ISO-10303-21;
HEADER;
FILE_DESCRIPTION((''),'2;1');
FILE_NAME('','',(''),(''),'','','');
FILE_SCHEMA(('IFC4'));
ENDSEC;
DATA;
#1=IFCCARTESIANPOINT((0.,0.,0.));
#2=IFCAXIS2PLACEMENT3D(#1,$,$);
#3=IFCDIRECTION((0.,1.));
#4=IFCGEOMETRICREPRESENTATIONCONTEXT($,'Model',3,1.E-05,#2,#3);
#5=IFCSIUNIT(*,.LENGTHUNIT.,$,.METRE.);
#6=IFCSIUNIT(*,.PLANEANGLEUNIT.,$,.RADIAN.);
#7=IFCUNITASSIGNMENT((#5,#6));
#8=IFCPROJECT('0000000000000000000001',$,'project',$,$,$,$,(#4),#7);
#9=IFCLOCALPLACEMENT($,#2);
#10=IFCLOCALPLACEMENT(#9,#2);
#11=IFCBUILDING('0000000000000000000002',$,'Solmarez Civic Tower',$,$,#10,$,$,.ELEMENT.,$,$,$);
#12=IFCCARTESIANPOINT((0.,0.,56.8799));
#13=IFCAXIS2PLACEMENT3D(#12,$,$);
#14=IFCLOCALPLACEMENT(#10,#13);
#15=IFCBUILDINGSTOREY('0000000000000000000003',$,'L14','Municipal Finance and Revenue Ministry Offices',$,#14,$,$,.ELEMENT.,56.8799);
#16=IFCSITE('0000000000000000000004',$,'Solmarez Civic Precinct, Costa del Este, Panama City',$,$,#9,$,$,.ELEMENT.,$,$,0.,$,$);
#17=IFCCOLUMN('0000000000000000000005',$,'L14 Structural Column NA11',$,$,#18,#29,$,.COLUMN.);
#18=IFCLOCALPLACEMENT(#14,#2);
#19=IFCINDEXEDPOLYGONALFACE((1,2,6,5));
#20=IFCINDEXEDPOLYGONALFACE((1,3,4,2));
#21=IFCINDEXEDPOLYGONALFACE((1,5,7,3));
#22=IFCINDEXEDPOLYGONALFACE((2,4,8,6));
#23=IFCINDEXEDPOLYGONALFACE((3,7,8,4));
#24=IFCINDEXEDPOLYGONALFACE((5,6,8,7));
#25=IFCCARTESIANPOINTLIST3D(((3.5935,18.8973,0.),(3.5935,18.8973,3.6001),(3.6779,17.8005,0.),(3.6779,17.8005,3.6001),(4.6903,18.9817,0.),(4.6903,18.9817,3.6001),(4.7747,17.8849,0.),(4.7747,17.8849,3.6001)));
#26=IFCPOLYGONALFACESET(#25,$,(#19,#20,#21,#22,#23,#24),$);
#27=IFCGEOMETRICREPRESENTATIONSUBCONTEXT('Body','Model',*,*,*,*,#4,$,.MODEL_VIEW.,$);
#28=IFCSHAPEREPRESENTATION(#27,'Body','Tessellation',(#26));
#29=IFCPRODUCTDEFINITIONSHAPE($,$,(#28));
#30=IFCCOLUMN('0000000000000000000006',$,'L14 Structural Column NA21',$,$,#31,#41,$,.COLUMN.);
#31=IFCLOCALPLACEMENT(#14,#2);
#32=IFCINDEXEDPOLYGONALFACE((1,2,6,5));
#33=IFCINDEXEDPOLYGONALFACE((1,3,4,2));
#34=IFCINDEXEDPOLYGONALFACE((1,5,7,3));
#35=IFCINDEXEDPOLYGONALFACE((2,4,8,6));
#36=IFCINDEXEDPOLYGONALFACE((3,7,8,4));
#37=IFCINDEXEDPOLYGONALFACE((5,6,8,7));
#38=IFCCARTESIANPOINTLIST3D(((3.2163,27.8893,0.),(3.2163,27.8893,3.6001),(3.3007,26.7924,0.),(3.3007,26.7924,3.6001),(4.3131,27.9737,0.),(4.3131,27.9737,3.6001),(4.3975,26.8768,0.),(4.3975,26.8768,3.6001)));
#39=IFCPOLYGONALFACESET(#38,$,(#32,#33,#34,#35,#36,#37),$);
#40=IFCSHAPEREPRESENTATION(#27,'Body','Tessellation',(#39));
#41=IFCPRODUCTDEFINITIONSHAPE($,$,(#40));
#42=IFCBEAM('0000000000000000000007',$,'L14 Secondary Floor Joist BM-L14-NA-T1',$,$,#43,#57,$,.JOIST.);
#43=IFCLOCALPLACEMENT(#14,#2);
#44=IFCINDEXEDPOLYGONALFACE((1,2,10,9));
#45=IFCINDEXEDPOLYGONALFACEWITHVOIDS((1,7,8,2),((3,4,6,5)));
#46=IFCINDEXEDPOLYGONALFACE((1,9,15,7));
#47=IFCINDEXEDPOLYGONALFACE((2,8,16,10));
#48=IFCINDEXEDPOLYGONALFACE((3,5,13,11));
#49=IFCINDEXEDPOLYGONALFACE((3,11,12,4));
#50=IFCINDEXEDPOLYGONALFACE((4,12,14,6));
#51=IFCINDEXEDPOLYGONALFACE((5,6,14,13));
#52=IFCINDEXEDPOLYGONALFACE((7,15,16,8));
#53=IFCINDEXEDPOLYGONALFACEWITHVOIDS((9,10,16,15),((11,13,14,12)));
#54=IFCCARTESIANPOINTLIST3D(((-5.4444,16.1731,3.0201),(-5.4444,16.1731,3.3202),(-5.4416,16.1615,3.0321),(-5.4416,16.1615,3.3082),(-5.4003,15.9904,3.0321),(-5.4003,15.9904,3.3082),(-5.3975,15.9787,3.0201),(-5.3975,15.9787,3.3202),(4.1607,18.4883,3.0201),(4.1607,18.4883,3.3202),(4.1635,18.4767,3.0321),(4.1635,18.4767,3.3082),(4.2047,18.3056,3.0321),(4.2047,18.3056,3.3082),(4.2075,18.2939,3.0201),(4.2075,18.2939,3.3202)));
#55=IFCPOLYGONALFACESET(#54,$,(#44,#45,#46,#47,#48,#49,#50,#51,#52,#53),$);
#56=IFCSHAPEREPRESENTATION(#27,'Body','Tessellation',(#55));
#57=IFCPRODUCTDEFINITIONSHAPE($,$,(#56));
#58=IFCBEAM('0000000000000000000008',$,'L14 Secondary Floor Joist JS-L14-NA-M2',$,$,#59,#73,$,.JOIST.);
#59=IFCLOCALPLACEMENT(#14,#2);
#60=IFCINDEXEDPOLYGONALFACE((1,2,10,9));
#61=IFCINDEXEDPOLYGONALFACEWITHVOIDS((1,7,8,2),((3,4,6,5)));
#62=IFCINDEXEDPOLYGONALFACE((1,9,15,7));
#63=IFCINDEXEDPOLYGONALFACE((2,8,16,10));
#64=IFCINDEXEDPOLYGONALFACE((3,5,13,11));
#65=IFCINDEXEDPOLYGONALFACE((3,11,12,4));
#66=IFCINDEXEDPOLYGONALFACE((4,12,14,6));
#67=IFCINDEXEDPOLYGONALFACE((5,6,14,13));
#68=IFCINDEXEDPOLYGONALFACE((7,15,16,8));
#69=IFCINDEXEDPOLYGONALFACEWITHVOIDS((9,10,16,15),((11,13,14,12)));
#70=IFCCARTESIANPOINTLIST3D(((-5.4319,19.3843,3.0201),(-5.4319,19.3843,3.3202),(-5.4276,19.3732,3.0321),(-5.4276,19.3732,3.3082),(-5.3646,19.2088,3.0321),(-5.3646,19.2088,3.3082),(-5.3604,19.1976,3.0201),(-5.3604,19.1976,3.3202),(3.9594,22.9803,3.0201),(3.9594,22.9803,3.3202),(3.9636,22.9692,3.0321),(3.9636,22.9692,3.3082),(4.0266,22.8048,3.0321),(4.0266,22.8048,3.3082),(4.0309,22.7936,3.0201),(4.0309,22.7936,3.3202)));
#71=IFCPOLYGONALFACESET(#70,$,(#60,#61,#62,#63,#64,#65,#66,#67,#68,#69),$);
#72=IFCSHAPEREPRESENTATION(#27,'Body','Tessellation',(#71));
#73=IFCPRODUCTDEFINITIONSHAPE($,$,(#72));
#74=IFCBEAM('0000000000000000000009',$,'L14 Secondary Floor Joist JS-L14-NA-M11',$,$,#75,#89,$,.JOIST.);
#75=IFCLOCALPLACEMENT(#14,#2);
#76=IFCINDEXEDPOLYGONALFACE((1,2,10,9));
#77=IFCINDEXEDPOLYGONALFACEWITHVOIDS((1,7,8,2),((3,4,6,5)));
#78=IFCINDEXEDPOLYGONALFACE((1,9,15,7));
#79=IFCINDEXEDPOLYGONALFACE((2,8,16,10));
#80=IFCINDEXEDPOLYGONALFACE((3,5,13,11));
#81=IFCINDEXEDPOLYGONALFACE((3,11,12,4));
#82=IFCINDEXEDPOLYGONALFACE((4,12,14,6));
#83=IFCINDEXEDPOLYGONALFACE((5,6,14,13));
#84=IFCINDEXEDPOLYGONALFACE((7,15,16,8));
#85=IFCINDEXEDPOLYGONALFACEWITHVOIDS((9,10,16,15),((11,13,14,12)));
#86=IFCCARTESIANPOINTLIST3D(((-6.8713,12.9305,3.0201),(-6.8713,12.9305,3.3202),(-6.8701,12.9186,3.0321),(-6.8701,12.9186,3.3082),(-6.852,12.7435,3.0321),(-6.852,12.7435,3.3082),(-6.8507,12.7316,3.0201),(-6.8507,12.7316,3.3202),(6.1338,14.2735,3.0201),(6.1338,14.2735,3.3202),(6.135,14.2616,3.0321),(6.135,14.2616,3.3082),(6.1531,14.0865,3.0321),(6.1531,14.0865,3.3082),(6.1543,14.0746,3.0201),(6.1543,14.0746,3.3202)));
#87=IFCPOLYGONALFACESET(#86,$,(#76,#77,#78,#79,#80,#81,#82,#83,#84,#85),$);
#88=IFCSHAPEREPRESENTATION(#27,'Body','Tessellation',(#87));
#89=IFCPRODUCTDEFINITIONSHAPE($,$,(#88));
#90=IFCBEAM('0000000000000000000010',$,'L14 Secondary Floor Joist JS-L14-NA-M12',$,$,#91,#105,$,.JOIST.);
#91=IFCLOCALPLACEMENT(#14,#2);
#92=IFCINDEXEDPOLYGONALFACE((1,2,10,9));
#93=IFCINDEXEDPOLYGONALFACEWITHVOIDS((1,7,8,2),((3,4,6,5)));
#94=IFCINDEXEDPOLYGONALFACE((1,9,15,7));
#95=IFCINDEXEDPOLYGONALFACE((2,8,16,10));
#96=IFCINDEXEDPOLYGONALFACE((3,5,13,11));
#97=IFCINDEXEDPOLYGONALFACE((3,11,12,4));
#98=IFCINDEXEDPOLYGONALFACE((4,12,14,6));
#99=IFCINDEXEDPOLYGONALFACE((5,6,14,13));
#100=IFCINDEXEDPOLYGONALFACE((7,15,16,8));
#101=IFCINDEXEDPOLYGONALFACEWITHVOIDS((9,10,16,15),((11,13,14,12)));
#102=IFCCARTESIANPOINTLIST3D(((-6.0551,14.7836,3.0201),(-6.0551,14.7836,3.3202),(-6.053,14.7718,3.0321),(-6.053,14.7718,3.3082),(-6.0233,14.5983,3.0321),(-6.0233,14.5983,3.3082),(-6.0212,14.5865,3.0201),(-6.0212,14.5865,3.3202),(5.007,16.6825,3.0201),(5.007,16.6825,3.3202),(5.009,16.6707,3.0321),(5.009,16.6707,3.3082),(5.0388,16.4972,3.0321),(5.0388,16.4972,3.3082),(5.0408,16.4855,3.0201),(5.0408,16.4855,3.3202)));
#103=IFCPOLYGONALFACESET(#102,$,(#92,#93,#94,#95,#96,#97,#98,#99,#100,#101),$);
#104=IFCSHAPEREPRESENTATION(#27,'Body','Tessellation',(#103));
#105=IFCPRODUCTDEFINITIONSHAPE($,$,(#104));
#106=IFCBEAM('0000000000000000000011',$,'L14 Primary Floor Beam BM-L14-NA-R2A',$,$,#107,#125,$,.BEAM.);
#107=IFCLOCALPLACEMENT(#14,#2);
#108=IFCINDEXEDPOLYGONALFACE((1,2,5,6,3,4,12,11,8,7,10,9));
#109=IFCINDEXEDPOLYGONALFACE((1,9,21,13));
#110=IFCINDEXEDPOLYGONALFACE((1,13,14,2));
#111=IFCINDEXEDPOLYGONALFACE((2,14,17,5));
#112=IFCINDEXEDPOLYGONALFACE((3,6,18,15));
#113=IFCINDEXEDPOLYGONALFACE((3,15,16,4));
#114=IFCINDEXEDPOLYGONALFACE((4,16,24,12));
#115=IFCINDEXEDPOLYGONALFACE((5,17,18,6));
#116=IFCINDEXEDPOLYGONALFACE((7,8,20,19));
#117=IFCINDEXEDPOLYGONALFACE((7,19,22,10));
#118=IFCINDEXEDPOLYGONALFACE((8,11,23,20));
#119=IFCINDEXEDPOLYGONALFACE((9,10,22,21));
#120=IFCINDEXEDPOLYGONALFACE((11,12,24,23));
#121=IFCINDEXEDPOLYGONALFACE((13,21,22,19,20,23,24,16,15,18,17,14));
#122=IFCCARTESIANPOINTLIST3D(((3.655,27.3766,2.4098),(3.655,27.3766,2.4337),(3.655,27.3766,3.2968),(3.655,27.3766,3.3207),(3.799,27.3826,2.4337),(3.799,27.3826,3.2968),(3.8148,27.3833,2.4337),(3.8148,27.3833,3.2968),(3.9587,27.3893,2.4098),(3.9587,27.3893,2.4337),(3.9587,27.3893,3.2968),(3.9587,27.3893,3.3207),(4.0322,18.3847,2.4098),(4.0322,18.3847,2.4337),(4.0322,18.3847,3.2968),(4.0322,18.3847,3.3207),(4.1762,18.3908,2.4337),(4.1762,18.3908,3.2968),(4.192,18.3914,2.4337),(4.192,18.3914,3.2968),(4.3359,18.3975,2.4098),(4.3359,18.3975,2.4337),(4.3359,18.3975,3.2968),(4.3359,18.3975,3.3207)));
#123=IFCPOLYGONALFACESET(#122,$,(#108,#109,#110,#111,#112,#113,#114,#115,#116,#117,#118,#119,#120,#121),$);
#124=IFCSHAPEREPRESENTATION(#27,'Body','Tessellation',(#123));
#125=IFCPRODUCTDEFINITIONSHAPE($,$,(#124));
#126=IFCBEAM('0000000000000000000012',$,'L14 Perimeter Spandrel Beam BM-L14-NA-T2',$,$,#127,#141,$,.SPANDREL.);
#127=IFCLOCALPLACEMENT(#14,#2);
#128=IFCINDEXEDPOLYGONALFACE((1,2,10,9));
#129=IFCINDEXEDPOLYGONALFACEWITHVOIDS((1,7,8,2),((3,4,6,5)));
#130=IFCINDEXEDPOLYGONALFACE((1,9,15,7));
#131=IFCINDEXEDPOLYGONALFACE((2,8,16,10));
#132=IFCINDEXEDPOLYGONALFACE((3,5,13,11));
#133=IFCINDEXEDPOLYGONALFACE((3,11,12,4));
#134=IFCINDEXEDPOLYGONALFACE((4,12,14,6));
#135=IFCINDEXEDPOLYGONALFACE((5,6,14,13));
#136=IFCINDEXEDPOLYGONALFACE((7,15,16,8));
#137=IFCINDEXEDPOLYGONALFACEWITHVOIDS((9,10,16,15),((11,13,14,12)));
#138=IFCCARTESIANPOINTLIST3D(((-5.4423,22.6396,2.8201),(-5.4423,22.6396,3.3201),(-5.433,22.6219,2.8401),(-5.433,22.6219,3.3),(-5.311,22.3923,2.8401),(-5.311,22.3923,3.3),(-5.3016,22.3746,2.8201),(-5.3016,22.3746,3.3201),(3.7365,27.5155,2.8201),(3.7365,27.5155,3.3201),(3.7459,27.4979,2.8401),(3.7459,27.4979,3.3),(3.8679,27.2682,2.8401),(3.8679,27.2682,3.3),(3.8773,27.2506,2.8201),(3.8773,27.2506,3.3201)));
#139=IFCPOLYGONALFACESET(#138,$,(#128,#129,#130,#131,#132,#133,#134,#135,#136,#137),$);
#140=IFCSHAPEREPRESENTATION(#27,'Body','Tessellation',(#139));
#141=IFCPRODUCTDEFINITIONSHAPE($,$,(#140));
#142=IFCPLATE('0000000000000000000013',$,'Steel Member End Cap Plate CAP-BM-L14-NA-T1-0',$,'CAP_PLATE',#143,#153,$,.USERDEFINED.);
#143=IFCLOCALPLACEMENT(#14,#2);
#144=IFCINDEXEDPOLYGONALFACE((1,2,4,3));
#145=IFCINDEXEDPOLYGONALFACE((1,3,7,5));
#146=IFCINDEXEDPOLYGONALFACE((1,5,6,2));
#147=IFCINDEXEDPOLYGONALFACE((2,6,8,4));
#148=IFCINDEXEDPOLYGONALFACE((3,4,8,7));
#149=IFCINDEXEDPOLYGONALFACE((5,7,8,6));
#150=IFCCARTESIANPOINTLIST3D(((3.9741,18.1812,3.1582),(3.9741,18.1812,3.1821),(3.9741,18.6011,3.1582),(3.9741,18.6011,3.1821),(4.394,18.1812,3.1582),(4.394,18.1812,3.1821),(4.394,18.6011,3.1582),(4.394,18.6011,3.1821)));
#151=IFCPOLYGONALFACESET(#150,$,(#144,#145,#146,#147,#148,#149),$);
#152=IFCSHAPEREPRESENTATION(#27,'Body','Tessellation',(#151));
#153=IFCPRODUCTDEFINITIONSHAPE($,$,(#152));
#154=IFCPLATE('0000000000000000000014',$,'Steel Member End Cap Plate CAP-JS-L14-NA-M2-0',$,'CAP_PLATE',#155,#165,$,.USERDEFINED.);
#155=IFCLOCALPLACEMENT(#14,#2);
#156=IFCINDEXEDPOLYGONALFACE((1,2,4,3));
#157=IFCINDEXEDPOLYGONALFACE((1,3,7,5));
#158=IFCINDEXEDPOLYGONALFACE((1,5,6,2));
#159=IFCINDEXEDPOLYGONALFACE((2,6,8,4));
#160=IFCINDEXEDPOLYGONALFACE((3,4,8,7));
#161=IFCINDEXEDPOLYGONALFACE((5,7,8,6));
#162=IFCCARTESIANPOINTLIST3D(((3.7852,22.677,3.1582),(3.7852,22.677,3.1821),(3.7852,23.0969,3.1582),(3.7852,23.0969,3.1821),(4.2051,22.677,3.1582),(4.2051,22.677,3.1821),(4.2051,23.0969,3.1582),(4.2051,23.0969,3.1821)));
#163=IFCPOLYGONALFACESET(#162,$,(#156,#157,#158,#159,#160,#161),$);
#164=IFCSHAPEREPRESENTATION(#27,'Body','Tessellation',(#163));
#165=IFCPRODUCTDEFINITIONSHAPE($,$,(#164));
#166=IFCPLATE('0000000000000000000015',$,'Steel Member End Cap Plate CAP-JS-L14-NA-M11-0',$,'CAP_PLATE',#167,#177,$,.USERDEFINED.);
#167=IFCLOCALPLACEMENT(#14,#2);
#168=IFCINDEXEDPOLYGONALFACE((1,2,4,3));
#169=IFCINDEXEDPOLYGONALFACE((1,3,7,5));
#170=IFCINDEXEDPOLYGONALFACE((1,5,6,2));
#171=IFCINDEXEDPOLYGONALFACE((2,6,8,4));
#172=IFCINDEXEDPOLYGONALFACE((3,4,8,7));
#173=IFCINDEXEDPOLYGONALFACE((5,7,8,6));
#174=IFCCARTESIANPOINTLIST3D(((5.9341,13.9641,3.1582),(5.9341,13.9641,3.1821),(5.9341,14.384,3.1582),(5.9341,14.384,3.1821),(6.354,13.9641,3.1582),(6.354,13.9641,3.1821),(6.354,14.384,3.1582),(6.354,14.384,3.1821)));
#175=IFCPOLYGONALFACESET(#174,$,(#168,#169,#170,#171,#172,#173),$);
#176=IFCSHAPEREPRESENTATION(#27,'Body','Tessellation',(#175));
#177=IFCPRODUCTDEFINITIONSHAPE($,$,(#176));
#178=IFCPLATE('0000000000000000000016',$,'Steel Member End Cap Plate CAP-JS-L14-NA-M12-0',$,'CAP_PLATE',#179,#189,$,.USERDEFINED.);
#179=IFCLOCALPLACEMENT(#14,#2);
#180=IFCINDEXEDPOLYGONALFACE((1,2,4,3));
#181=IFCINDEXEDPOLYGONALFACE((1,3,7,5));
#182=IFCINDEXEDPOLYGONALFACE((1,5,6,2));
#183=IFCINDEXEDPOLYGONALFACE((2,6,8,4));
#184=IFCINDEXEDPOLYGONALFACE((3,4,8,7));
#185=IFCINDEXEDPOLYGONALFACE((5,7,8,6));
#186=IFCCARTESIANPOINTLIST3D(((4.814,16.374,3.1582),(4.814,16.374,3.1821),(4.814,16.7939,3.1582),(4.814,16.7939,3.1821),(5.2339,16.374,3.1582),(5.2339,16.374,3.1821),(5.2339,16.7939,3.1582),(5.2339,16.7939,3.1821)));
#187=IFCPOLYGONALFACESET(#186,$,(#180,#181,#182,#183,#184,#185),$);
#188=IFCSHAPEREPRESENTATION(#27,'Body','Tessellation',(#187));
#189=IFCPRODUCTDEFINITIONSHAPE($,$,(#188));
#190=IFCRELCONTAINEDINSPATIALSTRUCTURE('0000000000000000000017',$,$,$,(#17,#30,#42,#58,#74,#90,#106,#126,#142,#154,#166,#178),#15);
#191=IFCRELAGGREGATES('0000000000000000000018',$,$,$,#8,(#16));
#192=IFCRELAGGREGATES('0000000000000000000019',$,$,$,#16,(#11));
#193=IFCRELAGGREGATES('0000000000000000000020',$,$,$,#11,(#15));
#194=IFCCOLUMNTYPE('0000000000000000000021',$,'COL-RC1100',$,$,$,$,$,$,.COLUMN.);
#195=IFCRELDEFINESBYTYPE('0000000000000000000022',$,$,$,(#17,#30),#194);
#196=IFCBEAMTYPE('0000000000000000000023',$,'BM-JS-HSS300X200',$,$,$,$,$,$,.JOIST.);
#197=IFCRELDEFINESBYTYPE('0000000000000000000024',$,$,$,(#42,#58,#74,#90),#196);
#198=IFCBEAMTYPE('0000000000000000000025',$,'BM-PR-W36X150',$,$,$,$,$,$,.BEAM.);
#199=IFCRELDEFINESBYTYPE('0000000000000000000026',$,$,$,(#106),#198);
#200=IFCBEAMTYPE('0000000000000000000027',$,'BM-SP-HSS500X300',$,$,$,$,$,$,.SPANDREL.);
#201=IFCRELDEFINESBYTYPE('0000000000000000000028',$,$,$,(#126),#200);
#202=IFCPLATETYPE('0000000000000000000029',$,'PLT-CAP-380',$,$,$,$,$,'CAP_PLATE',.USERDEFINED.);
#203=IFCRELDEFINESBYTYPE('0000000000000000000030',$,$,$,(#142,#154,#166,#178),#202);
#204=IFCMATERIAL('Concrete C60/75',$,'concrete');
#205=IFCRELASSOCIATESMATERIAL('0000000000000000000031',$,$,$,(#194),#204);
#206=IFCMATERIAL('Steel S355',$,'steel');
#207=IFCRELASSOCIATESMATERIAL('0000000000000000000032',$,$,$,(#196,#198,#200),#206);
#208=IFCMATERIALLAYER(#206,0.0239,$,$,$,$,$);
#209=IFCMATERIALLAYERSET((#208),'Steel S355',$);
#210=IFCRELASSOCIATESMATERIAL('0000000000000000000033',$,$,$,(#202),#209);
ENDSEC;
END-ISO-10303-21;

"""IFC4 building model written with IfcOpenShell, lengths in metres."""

from ifc_helpers import new_model, si_unit, direction, frame, origin, origin_2d, place, context, subcontext, project, spatial, rectangle, hollow_rectangle, i_section, extrude, material, layer, layer_set, material_profile, profile_set, type_object, element, save


model = new_model("IFC4")

# Units and contexts
model_context = context("Model", 3, precision=1e-05, world=origin(), true_north=direction((0.0, 1.0)))
body_context = subcontext(model_context, "Body", "Model", "MODEL_VIEW")
ifc_project = project(units=[si_unit("LENGTHUNIT", "METRE"), si_unit("PLANEANGLEUNIT", "RADIAN")], contexts=[model_context])

# Site, building, storey
site_placement = place(None, origin())
site = spatial("IfcSite", under=ifc_project, at=site_placement, Name="Solmarez Civic Precinct, Costa del Este, Panama City", CompositionType="ELEMENT", RefElevation=0.0)
building_placement = place(site_placement, origin())
building = spatial("IfcBuilding", under=site, at=building_placement, Name="Solmarez Civic Tower", CompositionType="ELEMENT")
storey_placement = place(building_placement, frame((0.0, 0.0, 56.8799)))
storey = spatial("IfcBuildingStorey", under=building, at=storey_placement, Name="L14", Description="Municipal Finance and Revenue Ministry Offices", CompositionType="ELEMENT", Elevation=56.8799)

# Columns
ifc_material_1 = material(Name="Concrete C60/75", Category="concrete")
ifc_material_profile_1 = material_profile(ifc_material_1, rectangle(XDim=1.1001, YDim=1.1001, at=origin_2d()), Name="RC1100X1100")
ifc_profile_set_1 = profile_set([ifc_material_profile_1], Name="Concrete C60/75")
column_type = type_object("IfcColumnType", Name="COL-RC1100", PredefinedType="COLUMN", material=ifc_profile_set_1)
for number, where, z_axis, x_axis, name in (
    (1, (4.1841, 18.3911, 0.0), (0.0, 0.0, 1.0), (0.997053, 0.076719, 0.0), "L14 Structural Column NA11"),
    (2, (3.8069, 27.3831, 0.0), (0.0, 0.0, 1.0), (0.997053, 0.076719, 0.0), "L14 Structural Column NA21"),
):
    element("IfcColumn", number, at=place(storey_placement, frame(where, z_axis=z_axis, x_axis=x_axis)), inside=storey, type_object=column_type, Name=name, PredefinedType="COLUMN", context=body_context, shape_type="SweptSolid", body=[
        extrude(rectangle(XDim=1.1001, YDim=1.1001, at=origin_2d()), origin(), (0.0, 0.0, 1.0), 3.6001),
    ])

# Beams
ifc_material_2 = material(Name="Steel S355", Category="steel")
ifc_material_profile_2 = material_profile(ifc_material_2, hollow_rectangle(XDim=0.2, YDim=0.3, WallThickness=0.012, at=origin_2d()), Name="HSS300X200X12")
ifc_profile_set_2 = profile_set([ifc_material_profile_2], Name="Steel S355")
beam_type_1 = type_object("IfcBeamType", Name="BM-JS-HSS300X200", PredefinedType="JOIST", material=ifc_profile_set_2)
beam_1_placement = place(storey_placement, frame((4.1841, 18.3911, 3.1702), z_axis=(-0.972157, -0.234329, 0.0), x_axis=(0.234329, -0.972157, 0.0)))
element("IfcBeam", 3, at=beam_1_placement, inside=storey, type_object=beam_type_1, Name="L14 Secondary Floor Joist BM-L14-NA-T1", PredefinedType="JOIST", context=body_context, shape_type="SweptSolid", body=[
    extrude(hollow_rectangle(XDim=0.2, YDim=0.3, WallThickness=0.012, at=origin_2d()), origin(), (0.0, 0.0, 1.0), 9.8801),
])
beam_2_placement = place(storey_placement, frame((3.9951, 22.887, 3.1702), z_axis=(-0.933878, -0.357591, 0.0), x_axis=(0.357591, -0.933878, 0.0)))
element("IfcBeam", 4, at=beam_2_placement, inside=storey, type_object=beam_type_1, Name="L14 Secondary Floor Joist JS-L14-NA-M2", PredefinedType="JOIST", context=body_context, shape_type="SweptSolid", body=[
    extrude(hollow_rectangle(XDim=0.2, YDim=0.3, WallThickness=0.012, at=origin_2d()), origin(), (0.0, 0.0, 1.0), 10.0562),
])
beam_3_placement = place(storey_placement, frame((6.144, 14.1741, 3.1702), z_axis=(-0.99471, -0.102722, 0.0), x_axis=(0.102722, -0.99471, 0.0)))
element("IfcBeam", 5, at=beam_3_placement, inside=storey, type_object=beam_type_1, Name="L14 Secondary Floor Joist JS-L14-NA-M11", PredefinedType="JOIST", context=body_context, shape_type="SweptSolid", body=[
    extrude(hollow_rectangle(XDim=0.2, YDim=0.3, WallThickness=0.012, at=origin_2d()), origin(), (0.0, 0.0, 1.0), 13.0742),
])
beam_4_placement = place(storey_placement, frame((5.0239, 16.584, 3.1702), z_axis=(-0.985584, -0.169187, 0.0), x_axis=(0.169187, -0.985584, 0.0)))
element("IfcBeam", 6, at=beam_4_placement, inside=storey, type_object=beam_type_1, Name="L14 Secondary Floor Joist JS-L14-NA-M12", PredefinedType="JOIST", context=body_context, shape_type="SweptSolid", body=[
    extrude(hollow_rectangle(XDim=0.2, YDim=0.3, WallThickness=0.012, at=origin_2d()), origin(), (0.0, 0.0, 1.0), 11.2239),
])
ifc_material_profile_3 = material_profile(ifc_material_2, i_section(OverallWidth=0.304, OverallDepth=0.9109, WebThickness=0.0159, FlangeThickness=0.0239, at=origin_2d()), Name="W36X150")
ifc_profile_set_3 = profile_set([ifc_material_profile_3], Name="Steel S355")
beam_type_2 = type_object("IfcBeamType", Name="BM-PR-W36X150", PredefinedType="BEAM", material=ifc_profile_set_3)
beam_5_placement = place(storey_placement, frame((4.1841, 18.3911, 2.8652), z_axis=(-0.041911, 0.999121, 0.0), x_axis=(-0.999121, -0.041911, 0.0)))
element("IfcBeam", 7, at=beam_5_placement, inside=storey, type_object=beam_type_2, Name="L14 Primary Floor Beam BM-L14-NA-R2A", PredefinedType="BEAM", context=body_context, shape_type="SweptSolid", body=[
    extrude(i_section(OverallWidth=0.304, OverallDepth=0.9109, WebThickness=0.0159, FlangeThickness=0.0239, at=origin_2d()), origin(), (0.0, 0.0, 1.0), 8.9998),
])
ifc_material_profile_4 = material_profile(ifc_material_2, hollow_rectangle(XDim=0.3, YDim=0.5, WallThickness=0.02, at=origin_2d()), Name="HSS500X300X20")
ifc_profile_set_4 = profile_set([ifc_material_profile_4], Name="Steel S355")
beam_type_3 = type_object("IfcBeamType", Name="BM-SP-HSS500X300", PredefinedType="SPANDREL", material=ifc_profile_set_4)
beam_6_placement = place(storey_placement, frame((3.8069, 27.3831, 3.0701), z_axis=(-0.883129, -0.469129, 0.0), x_axis=(0.469129, -0.883129, 0.0)))
element("IfcBeam", 8, at=beam_6_placement, inside=storey, type_object=beam_type_3, Name="L14 Perimeter Spandrel Beam BM-L14-NA-T2", PredefinedType="SPANDREL", context=body_context, shape_type="SweptSolid", body=[
    extrude(hollow_rectangle(XDim=0.3, YDim=0.5, WallThickness=0.02, at=origin_2d()), origin(), (0.0, 0.0, 1.0), 10.3936),
])

# Plates
ifc_layer_1 = layer(ifc_material_2, 0.0239)
ifc_layer_set_1 = layer_set([ifc_layer_1], Name="Steel S355")
plate_type_1 = type_object("IfcPlateType", Name="PLT-CAP-380", ElementType="CAP_PLATE", PredefinedType="USERDEFINED", material=ifc_layer_set_1)
for number, where, z_axis, x_axis, name in (
    (9, (4.1841, 18.3911, 3.1582), (0.0, 0.0, 1.0), (1.0, 0.0, 0.0), "Steel Member End Cap Plate CAP-BM-L14-NA-T1-0"),
    (10, (3.9951, 22.887, 3.1582), (0.0, 0.0, 1.0), (1.0, 0.0, 0.0), "Steel Member End Cap Plate CAP-JS-L14-NA-M2-0"),
    (11, (6.144, 14.1741, 3.1582), (0.0, 0.0, 1.0), (1.0, 0.0, 0.0), "Steel Member End Cap Plate CAP-JS-L14-NA-M11-0"),
    (12, (5.0239, 16.584, 3.1582), (0.0, 0.0, 1.0), (1.0, 0.0, 0.0), "Steel Member End Cap Plate CAP-JS-L14-NA-M12-0"),
):
    element("IfcPlate", number, at=place(storey_placement, frame(where, z_axis=z_axis, x_axis=x_axis)), inside=storey, type_object=plate_type_1, Name=name, ObjectType="CAP_PLATE", PredefinedType="USERDEFINED", context=body_context, shape_type="SweptSolid", body=[
        extrude(rectangle(XDim=0.4199, YDim=0.4199, at=origin_2d()), origin(), (0.0, 0.0, 1.0), 0.0239),
    ])

save(model, "model.ifc")
